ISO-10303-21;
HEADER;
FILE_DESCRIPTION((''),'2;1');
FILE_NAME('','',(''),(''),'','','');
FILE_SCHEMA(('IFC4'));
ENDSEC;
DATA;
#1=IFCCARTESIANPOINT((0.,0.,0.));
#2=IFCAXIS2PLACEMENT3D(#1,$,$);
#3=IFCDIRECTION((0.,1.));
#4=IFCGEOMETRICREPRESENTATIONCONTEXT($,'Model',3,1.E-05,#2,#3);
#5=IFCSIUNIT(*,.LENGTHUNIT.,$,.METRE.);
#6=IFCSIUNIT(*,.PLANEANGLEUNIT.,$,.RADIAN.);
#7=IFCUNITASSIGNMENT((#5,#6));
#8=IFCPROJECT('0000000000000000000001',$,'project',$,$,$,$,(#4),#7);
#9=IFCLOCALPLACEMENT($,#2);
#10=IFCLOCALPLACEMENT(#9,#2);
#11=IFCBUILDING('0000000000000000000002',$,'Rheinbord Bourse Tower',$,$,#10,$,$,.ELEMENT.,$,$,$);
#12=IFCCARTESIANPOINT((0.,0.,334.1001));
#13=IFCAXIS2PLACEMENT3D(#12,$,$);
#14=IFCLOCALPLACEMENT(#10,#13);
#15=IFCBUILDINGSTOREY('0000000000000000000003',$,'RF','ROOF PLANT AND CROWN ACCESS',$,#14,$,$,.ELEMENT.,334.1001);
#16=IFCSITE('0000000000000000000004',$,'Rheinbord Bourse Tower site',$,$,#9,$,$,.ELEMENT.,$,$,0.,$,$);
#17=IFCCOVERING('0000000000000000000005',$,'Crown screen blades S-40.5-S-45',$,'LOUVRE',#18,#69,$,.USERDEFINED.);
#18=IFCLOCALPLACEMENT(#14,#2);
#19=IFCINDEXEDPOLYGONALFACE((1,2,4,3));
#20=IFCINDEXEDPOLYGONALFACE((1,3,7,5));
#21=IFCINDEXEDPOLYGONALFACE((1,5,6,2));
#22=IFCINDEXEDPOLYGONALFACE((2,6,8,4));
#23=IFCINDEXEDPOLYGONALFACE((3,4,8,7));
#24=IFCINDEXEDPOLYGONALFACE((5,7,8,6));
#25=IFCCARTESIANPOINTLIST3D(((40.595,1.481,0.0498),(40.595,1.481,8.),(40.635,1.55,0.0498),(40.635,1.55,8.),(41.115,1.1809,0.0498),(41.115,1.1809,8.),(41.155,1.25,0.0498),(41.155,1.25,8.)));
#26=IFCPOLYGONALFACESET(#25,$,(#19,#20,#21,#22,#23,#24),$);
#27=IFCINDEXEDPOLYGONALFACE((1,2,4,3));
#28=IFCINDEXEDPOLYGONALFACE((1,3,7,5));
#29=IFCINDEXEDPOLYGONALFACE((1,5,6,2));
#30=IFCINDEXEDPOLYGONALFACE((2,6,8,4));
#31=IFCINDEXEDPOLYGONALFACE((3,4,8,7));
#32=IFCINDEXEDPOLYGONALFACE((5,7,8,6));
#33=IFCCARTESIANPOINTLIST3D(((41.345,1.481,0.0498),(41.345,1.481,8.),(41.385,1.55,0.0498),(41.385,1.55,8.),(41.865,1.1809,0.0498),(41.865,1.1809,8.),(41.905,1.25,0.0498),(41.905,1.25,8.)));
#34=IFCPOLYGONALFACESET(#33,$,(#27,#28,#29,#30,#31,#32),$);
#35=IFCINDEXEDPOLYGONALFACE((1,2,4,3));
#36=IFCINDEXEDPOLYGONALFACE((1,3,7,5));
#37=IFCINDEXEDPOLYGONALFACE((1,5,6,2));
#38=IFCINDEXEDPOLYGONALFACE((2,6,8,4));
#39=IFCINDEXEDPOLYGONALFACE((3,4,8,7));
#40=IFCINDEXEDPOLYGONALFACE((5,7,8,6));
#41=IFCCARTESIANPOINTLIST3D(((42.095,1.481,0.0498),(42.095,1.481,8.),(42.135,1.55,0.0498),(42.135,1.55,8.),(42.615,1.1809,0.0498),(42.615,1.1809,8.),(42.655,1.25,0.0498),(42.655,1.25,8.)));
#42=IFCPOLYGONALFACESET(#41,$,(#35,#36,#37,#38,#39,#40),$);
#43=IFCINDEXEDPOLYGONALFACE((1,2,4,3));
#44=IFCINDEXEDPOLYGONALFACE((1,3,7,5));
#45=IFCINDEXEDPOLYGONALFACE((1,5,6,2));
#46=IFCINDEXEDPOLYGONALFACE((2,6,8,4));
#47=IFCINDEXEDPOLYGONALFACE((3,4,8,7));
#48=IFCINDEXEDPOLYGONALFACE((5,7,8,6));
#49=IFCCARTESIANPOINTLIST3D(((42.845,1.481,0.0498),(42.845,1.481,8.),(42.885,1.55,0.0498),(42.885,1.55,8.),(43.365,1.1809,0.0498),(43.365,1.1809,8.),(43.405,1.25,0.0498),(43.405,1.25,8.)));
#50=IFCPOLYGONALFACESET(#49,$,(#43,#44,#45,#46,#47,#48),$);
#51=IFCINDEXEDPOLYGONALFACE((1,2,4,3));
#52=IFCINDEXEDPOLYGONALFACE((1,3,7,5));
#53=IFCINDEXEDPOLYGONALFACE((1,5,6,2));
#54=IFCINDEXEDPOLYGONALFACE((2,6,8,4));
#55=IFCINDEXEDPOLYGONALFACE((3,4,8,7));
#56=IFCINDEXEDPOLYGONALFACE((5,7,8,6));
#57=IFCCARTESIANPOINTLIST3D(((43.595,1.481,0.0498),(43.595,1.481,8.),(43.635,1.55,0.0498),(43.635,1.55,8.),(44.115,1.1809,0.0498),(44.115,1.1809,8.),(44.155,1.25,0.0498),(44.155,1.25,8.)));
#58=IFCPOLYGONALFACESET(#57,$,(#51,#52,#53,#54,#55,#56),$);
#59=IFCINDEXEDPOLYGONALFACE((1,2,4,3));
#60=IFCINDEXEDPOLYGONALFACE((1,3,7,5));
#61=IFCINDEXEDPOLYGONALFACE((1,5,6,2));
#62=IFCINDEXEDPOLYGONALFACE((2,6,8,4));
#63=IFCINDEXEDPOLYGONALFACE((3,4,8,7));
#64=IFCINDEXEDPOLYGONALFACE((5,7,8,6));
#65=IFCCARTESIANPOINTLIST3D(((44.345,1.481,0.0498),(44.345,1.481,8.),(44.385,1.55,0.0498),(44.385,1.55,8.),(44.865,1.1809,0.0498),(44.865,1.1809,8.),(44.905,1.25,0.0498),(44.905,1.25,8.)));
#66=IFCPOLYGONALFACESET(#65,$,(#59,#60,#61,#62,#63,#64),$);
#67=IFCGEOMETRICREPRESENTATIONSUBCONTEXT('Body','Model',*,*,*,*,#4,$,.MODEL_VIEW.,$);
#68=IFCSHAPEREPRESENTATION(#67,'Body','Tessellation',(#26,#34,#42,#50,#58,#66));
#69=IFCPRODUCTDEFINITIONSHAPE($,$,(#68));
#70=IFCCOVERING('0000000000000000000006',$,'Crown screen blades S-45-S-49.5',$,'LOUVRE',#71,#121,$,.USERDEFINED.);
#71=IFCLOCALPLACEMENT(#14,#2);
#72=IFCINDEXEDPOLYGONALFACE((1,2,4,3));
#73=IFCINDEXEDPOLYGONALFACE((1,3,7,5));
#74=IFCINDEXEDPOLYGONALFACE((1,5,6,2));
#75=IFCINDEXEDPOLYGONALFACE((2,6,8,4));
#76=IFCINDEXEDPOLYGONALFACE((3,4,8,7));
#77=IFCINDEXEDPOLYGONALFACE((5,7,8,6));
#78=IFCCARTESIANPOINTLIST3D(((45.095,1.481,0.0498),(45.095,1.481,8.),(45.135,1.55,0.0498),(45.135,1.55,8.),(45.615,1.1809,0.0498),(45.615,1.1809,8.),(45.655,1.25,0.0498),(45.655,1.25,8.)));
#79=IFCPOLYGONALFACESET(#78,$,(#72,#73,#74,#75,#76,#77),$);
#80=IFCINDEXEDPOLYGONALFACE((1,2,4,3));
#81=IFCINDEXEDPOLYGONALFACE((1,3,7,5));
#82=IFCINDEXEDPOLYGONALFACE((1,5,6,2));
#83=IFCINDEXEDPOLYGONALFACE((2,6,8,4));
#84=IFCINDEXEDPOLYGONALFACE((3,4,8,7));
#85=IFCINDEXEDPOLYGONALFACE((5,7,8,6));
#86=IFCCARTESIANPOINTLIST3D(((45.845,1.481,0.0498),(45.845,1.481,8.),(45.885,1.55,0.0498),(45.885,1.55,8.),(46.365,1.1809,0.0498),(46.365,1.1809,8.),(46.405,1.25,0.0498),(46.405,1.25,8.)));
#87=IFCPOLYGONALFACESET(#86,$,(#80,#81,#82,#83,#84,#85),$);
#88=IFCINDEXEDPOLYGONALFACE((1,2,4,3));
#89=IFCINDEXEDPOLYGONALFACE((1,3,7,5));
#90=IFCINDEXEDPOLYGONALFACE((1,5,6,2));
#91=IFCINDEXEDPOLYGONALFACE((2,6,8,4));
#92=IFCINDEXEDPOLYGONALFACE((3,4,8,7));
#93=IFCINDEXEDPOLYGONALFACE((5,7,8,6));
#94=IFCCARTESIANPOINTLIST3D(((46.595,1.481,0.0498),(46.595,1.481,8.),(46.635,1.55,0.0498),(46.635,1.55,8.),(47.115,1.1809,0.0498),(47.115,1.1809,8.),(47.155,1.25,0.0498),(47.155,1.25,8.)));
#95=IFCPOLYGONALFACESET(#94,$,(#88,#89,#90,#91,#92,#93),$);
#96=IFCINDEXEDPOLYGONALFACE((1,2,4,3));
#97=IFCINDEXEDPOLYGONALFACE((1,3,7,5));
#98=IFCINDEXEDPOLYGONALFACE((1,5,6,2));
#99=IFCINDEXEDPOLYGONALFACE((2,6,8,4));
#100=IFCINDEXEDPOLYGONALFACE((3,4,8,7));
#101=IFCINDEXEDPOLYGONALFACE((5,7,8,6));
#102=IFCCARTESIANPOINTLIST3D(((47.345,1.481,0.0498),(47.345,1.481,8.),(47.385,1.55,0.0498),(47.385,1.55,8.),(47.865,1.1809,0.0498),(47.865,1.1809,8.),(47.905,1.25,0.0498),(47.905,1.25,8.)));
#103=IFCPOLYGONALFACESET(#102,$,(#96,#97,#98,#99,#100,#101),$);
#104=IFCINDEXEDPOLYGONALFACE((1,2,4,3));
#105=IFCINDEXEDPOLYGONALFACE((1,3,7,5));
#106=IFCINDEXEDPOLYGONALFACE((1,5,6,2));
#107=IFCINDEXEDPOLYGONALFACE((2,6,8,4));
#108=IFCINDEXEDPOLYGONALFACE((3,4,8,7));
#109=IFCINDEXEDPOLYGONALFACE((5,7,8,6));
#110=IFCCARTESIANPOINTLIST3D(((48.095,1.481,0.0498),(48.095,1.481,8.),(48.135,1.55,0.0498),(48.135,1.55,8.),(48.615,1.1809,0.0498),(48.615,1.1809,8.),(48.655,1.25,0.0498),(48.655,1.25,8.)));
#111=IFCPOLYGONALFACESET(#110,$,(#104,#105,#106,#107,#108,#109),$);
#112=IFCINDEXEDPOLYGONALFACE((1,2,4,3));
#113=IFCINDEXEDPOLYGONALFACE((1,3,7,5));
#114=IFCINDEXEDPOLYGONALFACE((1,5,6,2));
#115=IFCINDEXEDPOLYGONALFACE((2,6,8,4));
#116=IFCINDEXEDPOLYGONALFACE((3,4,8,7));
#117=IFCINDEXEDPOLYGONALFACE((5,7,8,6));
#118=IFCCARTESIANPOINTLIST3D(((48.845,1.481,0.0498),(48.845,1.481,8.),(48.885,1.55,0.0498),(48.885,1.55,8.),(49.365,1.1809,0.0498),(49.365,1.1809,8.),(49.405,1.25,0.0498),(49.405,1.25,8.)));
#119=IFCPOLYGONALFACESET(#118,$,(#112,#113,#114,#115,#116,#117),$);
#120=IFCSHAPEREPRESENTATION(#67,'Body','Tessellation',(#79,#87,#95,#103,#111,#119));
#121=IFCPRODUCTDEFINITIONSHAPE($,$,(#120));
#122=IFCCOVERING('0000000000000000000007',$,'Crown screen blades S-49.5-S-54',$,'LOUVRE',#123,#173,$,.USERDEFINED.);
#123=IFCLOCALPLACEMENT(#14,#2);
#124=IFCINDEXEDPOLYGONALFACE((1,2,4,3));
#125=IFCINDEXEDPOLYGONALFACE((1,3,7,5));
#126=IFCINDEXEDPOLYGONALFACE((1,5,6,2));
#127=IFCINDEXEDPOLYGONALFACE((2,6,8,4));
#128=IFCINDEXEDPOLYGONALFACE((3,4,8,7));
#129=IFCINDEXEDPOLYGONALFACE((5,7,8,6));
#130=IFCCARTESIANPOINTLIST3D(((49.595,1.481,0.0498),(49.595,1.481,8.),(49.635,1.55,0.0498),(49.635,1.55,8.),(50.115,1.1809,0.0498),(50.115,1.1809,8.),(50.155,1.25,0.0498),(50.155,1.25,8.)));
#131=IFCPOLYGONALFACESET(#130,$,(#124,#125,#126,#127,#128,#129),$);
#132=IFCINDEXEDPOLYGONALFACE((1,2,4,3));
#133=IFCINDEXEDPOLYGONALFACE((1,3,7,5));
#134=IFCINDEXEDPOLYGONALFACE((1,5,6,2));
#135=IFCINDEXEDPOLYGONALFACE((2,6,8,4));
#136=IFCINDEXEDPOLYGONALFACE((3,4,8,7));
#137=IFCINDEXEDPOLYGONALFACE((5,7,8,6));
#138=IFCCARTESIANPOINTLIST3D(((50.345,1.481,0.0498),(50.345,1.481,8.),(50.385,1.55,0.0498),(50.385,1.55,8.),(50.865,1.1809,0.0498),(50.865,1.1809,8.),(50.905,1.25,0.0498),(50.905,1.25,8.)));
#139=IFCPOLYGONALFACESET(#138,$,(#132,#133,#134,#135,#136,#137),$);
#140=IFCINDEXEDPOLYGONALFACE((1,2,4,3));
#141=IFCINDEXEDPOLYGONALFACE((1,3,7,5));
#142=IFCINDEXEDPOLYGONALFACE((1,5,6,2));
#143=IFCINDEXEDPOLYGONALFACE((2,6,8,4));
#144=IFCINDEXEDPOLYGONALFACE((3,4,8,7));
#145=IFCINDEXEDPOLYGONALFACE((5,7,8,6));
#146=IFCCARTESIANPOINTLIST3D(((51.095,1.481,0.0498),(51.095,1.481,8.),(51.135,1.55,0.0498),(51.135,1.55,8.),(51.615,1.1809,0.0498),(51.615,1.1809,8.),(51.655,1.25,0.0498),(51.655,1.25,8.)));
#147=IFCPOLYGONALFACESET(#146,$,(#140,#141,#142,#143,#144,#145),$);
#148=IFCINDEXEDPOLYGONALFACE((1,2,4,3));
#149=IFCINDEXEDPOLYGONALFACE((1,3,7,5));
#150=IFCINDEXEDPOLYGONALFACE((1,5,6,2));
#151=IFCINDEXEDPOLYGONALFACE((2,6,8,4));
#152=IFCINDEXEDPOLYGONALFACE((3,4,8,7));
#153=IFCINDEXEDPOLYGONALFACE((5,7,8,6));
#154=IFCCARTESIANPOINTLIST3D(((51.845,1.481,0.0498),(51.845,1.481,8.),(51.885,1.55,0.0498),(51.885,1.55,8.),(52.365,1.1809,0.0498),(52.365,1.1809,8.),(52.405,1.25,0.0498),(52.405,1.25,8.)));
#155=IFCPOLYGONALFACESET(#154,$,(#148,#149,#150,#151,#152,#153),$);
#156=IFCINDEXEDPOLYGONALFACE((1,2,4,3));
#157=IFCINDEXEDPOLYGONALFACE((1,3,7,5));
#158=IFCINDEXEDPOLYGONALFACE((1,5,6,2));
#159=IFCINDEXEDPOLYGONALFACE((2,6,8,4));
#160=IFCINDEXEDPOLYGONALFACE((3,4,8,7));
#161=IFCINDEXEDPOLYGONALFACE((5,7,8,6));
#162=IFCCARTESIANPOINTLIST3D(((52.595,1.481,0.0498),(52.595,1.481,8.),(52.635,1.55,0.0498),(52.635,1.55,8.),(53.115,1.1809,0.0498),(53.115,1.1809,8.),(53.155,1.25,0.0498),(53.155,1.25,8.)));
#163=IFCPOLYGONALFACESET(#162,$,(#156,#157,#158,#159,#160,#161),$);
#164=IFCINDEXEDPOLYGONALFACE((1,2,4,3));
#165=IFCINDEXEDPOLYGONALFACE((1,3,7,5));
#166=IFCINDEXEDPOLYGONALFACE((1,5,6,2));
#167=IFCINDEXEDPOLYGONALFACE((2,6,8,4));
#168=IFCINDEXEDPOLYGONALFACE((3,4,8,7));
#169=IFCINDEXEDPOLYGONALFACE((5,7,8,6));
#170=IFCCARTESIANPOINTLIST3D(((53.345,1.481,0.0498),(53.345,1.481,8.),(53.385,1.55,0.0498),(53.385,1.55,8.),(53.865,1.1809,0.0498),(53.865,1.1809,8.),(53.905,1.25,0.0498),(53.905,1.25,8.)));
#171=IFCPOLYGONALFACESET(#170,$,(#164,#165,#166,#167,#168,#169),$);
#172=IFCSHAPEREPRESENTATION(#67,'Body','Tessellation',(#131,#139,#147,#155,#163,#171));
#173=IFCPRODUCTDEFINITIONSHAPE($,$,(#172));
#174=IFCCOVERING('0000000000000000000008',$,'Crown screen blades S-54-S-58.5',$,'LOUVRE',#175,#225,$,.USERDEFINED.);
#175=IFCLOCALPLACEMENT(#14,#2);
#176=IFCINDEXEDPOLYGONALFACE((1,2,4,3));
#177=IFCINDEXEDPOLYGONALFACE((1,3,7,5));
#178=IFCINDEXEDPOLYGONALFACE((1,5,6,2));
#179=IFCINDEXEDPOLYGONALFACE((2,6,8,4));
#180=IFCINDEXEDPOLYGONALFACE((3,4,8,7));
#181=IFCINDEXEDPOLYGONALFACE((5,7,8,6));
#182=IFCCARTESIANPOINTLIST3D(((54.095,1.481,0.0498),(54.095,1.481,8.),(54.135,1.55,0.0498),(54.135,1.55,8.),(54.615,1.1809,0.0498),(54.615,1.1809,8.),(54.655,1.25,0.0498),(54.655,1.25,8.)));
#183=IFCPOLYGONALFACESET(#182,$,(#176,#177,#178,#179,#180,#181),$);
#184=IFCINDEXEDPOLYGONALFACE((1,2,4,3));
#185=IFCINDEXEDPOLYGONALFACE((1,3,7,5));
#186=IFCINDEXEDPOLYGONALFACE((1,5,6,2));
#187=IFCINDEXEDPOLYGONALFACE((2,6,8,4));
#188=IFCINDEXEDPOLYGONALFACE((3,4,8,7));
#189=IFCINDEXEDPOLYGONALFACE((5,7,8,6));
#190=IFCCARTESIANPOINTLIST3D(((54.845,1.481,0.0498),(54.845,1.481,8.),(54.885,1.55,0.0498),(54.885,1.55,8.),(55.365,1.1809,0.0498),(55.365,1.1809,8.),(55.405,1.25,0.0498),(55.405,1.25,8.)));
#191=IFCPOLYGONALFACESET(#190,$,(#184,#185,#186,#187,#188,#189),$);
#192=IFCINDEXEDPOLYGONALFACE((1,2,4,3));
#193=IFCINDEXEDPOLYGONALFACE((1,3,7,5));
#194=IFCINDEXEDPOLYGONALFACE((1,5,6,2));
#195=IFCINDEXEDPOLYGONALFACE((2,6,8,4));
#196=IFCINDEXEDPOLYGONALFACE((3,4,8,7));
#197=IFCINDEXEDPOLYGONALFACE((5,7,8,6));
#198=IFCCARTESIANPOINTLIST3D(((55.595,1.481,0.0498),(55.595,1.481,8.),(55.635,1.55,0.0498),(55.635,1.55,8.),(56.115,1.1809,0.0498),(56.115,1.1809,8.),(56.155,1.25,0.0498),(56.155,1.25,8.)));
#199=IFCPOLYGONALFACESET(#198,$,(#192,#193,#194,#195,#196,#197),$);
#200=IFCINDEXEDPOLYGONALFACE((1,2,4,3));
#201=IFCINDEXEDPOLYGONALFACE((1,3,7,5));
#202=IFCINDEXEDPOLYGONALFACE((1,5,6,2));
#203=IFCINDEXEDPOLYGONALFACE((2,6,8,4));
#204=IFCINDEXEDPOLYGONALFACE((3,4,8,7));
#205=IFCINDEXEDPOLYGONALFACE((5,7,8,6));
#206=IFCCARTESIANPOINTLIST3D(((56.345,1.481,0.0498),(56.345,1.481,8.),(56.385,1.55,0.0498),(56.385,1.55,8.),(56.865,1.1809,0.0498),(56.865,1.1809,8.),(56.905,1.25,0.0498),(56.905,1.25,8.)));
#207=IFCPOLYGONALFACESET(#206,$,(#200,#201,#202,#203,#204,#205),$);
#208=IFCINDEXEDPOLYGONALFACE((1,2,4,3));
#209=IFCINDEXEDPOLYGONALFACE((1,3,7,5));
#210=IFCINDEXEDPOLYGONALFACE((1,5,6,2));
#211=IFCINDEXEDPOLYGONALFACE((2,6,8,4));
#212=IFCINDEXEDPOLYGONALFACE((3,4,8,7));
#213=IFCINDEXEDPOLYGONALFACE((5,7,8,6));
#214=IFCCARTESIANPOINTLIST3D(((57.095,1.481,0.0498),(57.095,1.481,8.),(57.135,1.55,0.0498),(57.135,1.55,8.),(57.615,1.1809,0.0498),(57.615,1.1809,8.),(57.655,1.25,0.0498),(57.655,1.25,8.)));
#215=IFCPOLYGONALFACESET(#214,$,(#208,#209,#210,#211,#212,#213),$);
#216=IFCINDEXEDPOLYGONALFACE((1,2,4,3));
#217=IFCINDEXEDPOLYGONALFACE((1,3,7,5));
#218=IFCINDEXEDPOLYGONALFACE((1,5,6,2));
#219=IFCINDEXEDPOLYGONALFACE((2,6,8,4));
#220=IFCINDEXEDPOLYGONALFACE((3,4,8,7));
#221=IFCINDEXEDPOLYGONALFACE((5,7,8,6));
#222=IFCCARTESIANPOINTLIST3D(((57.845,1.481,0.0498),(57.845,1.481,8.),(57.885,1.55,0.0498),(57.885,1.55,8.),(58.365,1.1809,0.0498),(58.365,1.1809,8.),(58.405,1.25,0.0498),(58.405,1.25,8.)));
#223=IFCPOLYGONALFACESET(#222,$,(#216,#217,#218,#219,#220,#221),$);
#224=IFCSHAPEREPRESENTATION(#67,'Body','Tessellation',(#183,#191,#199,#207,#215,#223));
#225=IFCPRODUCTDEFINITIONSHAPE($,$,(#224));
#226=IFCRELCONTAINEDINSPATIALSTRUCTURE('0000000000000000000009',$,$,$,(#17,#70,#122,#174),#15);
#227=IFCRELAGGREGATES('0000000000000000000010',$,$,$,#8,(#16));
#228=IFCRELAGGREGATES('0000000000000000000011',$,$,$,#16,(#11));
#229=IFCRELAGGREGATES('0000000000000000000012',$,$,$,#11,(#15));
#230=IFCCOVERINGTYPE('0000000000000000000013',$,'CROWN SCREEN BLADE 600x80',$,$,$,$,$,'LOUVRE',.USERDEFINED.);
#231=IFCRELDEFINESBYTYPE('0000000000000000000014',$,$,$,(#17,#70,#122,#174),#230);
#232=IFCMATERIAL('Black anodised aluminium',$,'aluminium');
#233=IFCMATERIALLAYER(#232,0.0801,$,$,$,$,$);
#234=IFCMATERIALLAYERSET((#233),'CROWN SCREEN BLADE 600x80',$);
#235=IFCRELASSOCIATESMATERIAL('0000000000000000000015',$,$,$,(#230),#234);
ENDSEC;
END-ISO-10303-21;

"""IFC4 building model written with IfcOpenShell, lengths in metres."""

from ifc_helpers import new_model, si_unit, direction, frame, origin, place, context, subcontext, project, spatial, polyline, outline, extrude, material, layer, layer_set, type_object, element, save


model = new_model("IFC4")

# Units and contexts
model_context = context("Model", 3, precision=1e-05, world=origin(), true_north=direction((0.0, 1.0)))
body_context = subcontext(model_context, "Body", "Model", "MODEL_VIEW")
ifc_project = project(units=[si_unit("LENGTHUNIT", "METRE"), si_unit("PLANEANGLEUNIT", "RADIAN")], contexts=[model_context])

# Site, building, storey
site_placement = place(None, origin())
site = spatial("IfcSite", under=ifc_project, at=site_placement, Name="Rheinbord Bourse Tower site", CompositionType="ELEMENT", RefElevation=0.0)
building_placement = place(site_placement, origin())
building = spatial("IfcBuilding", under=site, at=building_placement, Name="Rheinbord Bourse Tower", CompositionType="ELEMENT")
storey_placement = place(building_placement, frame((0.0, 0.0, 334.1001)))
storey = spatial("IfcBuildingStorey", under=building, at=storey_placement, Name="RF", Description="ROOF PLANT AND CROWN ACCESS", CompositionType="ELEMENT", Elevation=334.1001)

# Coverings
ifc_material = material(Name="Black anodised aluminium", Category="aluminium")
ifc_layer = layer(ifc_material, 0.0801)
ifc_layer_set = layer_set([ifc_layer], Name="CROWN SCREEN BLADE 600x80")
covering_type = type_object("IfcCoveringType", Name="CROWN SCREEN BLADE 600x80", ElementType="LOUVRE", PredefinedType="USERDEFINED", material=ifc_layer_set)
covering_1_placement = place(storey_placement, frame((0.0, 0.0, 0.0498)))
element("IfcCovering", 1, at=covering_1_placement, inside=storey, type_object=covering_type, Name="Crown screen blades S-40.5-S-45", ObjectType="LOUVRE", PredefinedType="USERDEFINED", context=body_context, shape_type="SweptSolid", body=[
    extrude(outline(polyline([(40.635, 1.55), (41.155, 1.25), (41.115, 1.1809), (40.595, 1.481), (40.635, 1.55)])), origin(), (0.0, 0.0, 1.0), 7.9502),
    extrude(outline(polyline([(41.385, 1.55), (41.905, 1.25), (41.865, 1.1809), (41.345, 1.481), (41.385, 1.55)])), origin(), (0.0, 0.0, 1.0), 7.9502),
    extrude(outline(polyline([(42.135, 1.55), (42.655, 1.25), (42.615, 1.1809), (42.095, 1.481), (42.135, 1.55)])), origin(), (0.0, 0.0, 1.0), 7.9502),
    extrude(outline(polyline([(42.885, 1.55), (43.405, 1.25), (43.365, 1.1809), (42.845, 1.481), (42.885, 1.55)])), origin(), (0.0, 0.0, 1.0), 7.9502),
    extrude(outline(polyline([(43.635, 1.55), (44.155, 1.25), (44.115, 1.1809), (43.595, 1.481), (43.635, 1.55)])), origin(), (0.0, 0.0, 1.0), 7.9502),
    extrude(outline(polyline([(44.385, 1.55), (44.905, 1.25), (44.865, 1.1809), (44.345, 1.481), (44.385, 1.55)])), origin(), (0.0, 0.0, 1.0), 7.9502),
])
covering_2_placement = place(storey_placement, frame((0.0, 0.0, 0.0498)))
element("IfcCovering", 2, at=covering_2_placement, inside=storey, type_object=covering_type, Name="Crown screen blades S-45-S-49.5", ObjectType="LOUVRE", PredefinedType="USERDEFINED", context=body_context, shape_type="SweptSolid", body=[
    extrude(outline(polyline([(45.135, 1.55), (45.655, 1.25), (45.615, 1.1809), (45.095, 1.481), (45.135, 1.55)])), origin(), (0.0, 0.0, 1.0), 7.9502),
    extrude(outline(polyline([(45.885, 1.55), (46.405, 1.25), (46.365, 1.1809), (45.845, 1.481), (45.885, 1.55)])), origin(), (0.0, 0.0, 1.0), 7.9502),
    extrude(outline(polyline([(46.635, 1.55), (47.155, 1.25), (47.115, 1.1809), (46.595, 1.481), (46.635, 1.55)])), origin(), (0.0, 0.0, 1.0), 7.9502),
    extrude(outline(polyline([(47.385, 1.55), (47.905, 1.25), (47.865, 1.1809), (47.345, 1.481), (47.385, 1.55)])), origin(), (0.0, 0.0, 1.0), 7.9502),
    extrude(outline(polyline([(48.135, 1.55), (48.655, 1.25), (48.615, 1.1809), (48.095, 1.481), (48.135, 1.55)])), origin(), (0.0, 0.0, 1.0), 7.9502),
    extrude(outline(polyline([(48.885, 1.55), (49.405, 1.25), (49.365, 1.1809), (48.845, 1.481), (48.885, 1.55)])), origin(), (0.0, 0.0, 1.0), 7.9502),
])
covering_3_placement = place(storey_placement, frame((0.0, 0.0, 0.0498)))
element("IfcCovering", 3, at=covering_3_placement, inside=storey, type_object=covering_type, Name="Crown screen blades S-49.5-S-54", ObjectType="LOUVRE", PredefinedType="USERDEFINED", context=body_context, shape_type="SweptSolid", body=[
    extrude(outline(polyline([(49.635, 1.55), (50.155, 1.25), (50.115, 1.1809), (49.595, 1.481), (49.635, 1.55)])), origin(), (0.0, 0.0, 1.0), 7.9502),
    extrude(outline(polyline([(50.385, 1.55), (50.905, 1.25), (50.865, 1.1809), (50.345, 1.481), (50.385, 1.55)])), origin(), (0.0, 0.0, 1.0), 7.9502),
    extrude(outline(polyline([(51.135, 1.55), (51.655, 1.25), (51.615, 1.1809), (51.095, 1.481), (51.135, 1.55)])), origin(), (0.0, 0.0, 1.0), 7.9502),
    extrude(outline(polyline([(51.885, 1.55), (52.405, 1.25), (52.365, 1.1809), (51.845, 1.481), (51.885, 1.55)])), origin(), (0.0, 0.0, 1.0), 7.9502),
    extrude(outline(polyline([(52.635, 1.55), (53.155, 1.25), (53.115, 1.1809), (52.595, 1.481), (52.635, 1.55)])), origin(), (0.0, 0.0, 1.0), 7.9502),
    extrude(outline(polyline([(53.385, 1.55), (53.905, 1.25), (53.865, 1.1809), (53.345, 1.481), (53.385, 1.55)])), origin(), (0.0, 0.0, 1.0), 7.9502),
])
covering_4_placement = place(storey_placement, frame((0.0, 0.0, 0.0498)))
element("IfcCovering", 4, at=covering_4_placement, inside=storey, type_object=covering_type, Name="Crown screen blades S-54-S-58.5", ObjectType="LOUVRE", PredefinedType="USERDEFINED", context=body_context, shape_type="SweptSolid", body=[
    extrude(outline(polyline([(54.135, 1.55), (54.655, 1.25), (54.615, 1.1809), (54.095, 1.481), (54.135, 1.55)])), origin(), (0.0, 0.0, 1.0), 7.9502),
    extrude(outline(polyline([(54.885, 1.55), (55.405, 1.25), (55.365, 1.1809), (54.845, 1.481), (54.885, 1.55)])), origin(), (0.0, 0.0, 1.0), 7.9502),
    extrude(outline(polyline([(55.635, 1.55), (56.155, 1.25), (56.115, 1.1809), (55.595, 1.481), (55.635, 1.55)])), origin(), (0.0, 0.0, 1.0), 7.9502),
    extrude(outline(polyline([(56.385, 1.55), (56.905, 1.25), (56.865, 1.1809), (56.345, 1.481), (56.385, 1.55)])), origin(), (0.0, 0.0, 1.0), 7.9502),
    extrude(outline(polyline([(57.135, 1.55), (57.655, 1.25), (57.615, 1.1809), (57.095, 1.481), (57.135, 1.55)])), origin(), (0.0, 0.0, 1.0), 7.9502),
    extrude(outline(polyline([(57.885, 1.55), (58.405, 1.25), (58.365, 1.1809), (57.845, 1.481), (57.885, 1.55)])), origin(), (0.0, 0.0, 1.0), 7.9502),
])

save(model, "model.ifc")
